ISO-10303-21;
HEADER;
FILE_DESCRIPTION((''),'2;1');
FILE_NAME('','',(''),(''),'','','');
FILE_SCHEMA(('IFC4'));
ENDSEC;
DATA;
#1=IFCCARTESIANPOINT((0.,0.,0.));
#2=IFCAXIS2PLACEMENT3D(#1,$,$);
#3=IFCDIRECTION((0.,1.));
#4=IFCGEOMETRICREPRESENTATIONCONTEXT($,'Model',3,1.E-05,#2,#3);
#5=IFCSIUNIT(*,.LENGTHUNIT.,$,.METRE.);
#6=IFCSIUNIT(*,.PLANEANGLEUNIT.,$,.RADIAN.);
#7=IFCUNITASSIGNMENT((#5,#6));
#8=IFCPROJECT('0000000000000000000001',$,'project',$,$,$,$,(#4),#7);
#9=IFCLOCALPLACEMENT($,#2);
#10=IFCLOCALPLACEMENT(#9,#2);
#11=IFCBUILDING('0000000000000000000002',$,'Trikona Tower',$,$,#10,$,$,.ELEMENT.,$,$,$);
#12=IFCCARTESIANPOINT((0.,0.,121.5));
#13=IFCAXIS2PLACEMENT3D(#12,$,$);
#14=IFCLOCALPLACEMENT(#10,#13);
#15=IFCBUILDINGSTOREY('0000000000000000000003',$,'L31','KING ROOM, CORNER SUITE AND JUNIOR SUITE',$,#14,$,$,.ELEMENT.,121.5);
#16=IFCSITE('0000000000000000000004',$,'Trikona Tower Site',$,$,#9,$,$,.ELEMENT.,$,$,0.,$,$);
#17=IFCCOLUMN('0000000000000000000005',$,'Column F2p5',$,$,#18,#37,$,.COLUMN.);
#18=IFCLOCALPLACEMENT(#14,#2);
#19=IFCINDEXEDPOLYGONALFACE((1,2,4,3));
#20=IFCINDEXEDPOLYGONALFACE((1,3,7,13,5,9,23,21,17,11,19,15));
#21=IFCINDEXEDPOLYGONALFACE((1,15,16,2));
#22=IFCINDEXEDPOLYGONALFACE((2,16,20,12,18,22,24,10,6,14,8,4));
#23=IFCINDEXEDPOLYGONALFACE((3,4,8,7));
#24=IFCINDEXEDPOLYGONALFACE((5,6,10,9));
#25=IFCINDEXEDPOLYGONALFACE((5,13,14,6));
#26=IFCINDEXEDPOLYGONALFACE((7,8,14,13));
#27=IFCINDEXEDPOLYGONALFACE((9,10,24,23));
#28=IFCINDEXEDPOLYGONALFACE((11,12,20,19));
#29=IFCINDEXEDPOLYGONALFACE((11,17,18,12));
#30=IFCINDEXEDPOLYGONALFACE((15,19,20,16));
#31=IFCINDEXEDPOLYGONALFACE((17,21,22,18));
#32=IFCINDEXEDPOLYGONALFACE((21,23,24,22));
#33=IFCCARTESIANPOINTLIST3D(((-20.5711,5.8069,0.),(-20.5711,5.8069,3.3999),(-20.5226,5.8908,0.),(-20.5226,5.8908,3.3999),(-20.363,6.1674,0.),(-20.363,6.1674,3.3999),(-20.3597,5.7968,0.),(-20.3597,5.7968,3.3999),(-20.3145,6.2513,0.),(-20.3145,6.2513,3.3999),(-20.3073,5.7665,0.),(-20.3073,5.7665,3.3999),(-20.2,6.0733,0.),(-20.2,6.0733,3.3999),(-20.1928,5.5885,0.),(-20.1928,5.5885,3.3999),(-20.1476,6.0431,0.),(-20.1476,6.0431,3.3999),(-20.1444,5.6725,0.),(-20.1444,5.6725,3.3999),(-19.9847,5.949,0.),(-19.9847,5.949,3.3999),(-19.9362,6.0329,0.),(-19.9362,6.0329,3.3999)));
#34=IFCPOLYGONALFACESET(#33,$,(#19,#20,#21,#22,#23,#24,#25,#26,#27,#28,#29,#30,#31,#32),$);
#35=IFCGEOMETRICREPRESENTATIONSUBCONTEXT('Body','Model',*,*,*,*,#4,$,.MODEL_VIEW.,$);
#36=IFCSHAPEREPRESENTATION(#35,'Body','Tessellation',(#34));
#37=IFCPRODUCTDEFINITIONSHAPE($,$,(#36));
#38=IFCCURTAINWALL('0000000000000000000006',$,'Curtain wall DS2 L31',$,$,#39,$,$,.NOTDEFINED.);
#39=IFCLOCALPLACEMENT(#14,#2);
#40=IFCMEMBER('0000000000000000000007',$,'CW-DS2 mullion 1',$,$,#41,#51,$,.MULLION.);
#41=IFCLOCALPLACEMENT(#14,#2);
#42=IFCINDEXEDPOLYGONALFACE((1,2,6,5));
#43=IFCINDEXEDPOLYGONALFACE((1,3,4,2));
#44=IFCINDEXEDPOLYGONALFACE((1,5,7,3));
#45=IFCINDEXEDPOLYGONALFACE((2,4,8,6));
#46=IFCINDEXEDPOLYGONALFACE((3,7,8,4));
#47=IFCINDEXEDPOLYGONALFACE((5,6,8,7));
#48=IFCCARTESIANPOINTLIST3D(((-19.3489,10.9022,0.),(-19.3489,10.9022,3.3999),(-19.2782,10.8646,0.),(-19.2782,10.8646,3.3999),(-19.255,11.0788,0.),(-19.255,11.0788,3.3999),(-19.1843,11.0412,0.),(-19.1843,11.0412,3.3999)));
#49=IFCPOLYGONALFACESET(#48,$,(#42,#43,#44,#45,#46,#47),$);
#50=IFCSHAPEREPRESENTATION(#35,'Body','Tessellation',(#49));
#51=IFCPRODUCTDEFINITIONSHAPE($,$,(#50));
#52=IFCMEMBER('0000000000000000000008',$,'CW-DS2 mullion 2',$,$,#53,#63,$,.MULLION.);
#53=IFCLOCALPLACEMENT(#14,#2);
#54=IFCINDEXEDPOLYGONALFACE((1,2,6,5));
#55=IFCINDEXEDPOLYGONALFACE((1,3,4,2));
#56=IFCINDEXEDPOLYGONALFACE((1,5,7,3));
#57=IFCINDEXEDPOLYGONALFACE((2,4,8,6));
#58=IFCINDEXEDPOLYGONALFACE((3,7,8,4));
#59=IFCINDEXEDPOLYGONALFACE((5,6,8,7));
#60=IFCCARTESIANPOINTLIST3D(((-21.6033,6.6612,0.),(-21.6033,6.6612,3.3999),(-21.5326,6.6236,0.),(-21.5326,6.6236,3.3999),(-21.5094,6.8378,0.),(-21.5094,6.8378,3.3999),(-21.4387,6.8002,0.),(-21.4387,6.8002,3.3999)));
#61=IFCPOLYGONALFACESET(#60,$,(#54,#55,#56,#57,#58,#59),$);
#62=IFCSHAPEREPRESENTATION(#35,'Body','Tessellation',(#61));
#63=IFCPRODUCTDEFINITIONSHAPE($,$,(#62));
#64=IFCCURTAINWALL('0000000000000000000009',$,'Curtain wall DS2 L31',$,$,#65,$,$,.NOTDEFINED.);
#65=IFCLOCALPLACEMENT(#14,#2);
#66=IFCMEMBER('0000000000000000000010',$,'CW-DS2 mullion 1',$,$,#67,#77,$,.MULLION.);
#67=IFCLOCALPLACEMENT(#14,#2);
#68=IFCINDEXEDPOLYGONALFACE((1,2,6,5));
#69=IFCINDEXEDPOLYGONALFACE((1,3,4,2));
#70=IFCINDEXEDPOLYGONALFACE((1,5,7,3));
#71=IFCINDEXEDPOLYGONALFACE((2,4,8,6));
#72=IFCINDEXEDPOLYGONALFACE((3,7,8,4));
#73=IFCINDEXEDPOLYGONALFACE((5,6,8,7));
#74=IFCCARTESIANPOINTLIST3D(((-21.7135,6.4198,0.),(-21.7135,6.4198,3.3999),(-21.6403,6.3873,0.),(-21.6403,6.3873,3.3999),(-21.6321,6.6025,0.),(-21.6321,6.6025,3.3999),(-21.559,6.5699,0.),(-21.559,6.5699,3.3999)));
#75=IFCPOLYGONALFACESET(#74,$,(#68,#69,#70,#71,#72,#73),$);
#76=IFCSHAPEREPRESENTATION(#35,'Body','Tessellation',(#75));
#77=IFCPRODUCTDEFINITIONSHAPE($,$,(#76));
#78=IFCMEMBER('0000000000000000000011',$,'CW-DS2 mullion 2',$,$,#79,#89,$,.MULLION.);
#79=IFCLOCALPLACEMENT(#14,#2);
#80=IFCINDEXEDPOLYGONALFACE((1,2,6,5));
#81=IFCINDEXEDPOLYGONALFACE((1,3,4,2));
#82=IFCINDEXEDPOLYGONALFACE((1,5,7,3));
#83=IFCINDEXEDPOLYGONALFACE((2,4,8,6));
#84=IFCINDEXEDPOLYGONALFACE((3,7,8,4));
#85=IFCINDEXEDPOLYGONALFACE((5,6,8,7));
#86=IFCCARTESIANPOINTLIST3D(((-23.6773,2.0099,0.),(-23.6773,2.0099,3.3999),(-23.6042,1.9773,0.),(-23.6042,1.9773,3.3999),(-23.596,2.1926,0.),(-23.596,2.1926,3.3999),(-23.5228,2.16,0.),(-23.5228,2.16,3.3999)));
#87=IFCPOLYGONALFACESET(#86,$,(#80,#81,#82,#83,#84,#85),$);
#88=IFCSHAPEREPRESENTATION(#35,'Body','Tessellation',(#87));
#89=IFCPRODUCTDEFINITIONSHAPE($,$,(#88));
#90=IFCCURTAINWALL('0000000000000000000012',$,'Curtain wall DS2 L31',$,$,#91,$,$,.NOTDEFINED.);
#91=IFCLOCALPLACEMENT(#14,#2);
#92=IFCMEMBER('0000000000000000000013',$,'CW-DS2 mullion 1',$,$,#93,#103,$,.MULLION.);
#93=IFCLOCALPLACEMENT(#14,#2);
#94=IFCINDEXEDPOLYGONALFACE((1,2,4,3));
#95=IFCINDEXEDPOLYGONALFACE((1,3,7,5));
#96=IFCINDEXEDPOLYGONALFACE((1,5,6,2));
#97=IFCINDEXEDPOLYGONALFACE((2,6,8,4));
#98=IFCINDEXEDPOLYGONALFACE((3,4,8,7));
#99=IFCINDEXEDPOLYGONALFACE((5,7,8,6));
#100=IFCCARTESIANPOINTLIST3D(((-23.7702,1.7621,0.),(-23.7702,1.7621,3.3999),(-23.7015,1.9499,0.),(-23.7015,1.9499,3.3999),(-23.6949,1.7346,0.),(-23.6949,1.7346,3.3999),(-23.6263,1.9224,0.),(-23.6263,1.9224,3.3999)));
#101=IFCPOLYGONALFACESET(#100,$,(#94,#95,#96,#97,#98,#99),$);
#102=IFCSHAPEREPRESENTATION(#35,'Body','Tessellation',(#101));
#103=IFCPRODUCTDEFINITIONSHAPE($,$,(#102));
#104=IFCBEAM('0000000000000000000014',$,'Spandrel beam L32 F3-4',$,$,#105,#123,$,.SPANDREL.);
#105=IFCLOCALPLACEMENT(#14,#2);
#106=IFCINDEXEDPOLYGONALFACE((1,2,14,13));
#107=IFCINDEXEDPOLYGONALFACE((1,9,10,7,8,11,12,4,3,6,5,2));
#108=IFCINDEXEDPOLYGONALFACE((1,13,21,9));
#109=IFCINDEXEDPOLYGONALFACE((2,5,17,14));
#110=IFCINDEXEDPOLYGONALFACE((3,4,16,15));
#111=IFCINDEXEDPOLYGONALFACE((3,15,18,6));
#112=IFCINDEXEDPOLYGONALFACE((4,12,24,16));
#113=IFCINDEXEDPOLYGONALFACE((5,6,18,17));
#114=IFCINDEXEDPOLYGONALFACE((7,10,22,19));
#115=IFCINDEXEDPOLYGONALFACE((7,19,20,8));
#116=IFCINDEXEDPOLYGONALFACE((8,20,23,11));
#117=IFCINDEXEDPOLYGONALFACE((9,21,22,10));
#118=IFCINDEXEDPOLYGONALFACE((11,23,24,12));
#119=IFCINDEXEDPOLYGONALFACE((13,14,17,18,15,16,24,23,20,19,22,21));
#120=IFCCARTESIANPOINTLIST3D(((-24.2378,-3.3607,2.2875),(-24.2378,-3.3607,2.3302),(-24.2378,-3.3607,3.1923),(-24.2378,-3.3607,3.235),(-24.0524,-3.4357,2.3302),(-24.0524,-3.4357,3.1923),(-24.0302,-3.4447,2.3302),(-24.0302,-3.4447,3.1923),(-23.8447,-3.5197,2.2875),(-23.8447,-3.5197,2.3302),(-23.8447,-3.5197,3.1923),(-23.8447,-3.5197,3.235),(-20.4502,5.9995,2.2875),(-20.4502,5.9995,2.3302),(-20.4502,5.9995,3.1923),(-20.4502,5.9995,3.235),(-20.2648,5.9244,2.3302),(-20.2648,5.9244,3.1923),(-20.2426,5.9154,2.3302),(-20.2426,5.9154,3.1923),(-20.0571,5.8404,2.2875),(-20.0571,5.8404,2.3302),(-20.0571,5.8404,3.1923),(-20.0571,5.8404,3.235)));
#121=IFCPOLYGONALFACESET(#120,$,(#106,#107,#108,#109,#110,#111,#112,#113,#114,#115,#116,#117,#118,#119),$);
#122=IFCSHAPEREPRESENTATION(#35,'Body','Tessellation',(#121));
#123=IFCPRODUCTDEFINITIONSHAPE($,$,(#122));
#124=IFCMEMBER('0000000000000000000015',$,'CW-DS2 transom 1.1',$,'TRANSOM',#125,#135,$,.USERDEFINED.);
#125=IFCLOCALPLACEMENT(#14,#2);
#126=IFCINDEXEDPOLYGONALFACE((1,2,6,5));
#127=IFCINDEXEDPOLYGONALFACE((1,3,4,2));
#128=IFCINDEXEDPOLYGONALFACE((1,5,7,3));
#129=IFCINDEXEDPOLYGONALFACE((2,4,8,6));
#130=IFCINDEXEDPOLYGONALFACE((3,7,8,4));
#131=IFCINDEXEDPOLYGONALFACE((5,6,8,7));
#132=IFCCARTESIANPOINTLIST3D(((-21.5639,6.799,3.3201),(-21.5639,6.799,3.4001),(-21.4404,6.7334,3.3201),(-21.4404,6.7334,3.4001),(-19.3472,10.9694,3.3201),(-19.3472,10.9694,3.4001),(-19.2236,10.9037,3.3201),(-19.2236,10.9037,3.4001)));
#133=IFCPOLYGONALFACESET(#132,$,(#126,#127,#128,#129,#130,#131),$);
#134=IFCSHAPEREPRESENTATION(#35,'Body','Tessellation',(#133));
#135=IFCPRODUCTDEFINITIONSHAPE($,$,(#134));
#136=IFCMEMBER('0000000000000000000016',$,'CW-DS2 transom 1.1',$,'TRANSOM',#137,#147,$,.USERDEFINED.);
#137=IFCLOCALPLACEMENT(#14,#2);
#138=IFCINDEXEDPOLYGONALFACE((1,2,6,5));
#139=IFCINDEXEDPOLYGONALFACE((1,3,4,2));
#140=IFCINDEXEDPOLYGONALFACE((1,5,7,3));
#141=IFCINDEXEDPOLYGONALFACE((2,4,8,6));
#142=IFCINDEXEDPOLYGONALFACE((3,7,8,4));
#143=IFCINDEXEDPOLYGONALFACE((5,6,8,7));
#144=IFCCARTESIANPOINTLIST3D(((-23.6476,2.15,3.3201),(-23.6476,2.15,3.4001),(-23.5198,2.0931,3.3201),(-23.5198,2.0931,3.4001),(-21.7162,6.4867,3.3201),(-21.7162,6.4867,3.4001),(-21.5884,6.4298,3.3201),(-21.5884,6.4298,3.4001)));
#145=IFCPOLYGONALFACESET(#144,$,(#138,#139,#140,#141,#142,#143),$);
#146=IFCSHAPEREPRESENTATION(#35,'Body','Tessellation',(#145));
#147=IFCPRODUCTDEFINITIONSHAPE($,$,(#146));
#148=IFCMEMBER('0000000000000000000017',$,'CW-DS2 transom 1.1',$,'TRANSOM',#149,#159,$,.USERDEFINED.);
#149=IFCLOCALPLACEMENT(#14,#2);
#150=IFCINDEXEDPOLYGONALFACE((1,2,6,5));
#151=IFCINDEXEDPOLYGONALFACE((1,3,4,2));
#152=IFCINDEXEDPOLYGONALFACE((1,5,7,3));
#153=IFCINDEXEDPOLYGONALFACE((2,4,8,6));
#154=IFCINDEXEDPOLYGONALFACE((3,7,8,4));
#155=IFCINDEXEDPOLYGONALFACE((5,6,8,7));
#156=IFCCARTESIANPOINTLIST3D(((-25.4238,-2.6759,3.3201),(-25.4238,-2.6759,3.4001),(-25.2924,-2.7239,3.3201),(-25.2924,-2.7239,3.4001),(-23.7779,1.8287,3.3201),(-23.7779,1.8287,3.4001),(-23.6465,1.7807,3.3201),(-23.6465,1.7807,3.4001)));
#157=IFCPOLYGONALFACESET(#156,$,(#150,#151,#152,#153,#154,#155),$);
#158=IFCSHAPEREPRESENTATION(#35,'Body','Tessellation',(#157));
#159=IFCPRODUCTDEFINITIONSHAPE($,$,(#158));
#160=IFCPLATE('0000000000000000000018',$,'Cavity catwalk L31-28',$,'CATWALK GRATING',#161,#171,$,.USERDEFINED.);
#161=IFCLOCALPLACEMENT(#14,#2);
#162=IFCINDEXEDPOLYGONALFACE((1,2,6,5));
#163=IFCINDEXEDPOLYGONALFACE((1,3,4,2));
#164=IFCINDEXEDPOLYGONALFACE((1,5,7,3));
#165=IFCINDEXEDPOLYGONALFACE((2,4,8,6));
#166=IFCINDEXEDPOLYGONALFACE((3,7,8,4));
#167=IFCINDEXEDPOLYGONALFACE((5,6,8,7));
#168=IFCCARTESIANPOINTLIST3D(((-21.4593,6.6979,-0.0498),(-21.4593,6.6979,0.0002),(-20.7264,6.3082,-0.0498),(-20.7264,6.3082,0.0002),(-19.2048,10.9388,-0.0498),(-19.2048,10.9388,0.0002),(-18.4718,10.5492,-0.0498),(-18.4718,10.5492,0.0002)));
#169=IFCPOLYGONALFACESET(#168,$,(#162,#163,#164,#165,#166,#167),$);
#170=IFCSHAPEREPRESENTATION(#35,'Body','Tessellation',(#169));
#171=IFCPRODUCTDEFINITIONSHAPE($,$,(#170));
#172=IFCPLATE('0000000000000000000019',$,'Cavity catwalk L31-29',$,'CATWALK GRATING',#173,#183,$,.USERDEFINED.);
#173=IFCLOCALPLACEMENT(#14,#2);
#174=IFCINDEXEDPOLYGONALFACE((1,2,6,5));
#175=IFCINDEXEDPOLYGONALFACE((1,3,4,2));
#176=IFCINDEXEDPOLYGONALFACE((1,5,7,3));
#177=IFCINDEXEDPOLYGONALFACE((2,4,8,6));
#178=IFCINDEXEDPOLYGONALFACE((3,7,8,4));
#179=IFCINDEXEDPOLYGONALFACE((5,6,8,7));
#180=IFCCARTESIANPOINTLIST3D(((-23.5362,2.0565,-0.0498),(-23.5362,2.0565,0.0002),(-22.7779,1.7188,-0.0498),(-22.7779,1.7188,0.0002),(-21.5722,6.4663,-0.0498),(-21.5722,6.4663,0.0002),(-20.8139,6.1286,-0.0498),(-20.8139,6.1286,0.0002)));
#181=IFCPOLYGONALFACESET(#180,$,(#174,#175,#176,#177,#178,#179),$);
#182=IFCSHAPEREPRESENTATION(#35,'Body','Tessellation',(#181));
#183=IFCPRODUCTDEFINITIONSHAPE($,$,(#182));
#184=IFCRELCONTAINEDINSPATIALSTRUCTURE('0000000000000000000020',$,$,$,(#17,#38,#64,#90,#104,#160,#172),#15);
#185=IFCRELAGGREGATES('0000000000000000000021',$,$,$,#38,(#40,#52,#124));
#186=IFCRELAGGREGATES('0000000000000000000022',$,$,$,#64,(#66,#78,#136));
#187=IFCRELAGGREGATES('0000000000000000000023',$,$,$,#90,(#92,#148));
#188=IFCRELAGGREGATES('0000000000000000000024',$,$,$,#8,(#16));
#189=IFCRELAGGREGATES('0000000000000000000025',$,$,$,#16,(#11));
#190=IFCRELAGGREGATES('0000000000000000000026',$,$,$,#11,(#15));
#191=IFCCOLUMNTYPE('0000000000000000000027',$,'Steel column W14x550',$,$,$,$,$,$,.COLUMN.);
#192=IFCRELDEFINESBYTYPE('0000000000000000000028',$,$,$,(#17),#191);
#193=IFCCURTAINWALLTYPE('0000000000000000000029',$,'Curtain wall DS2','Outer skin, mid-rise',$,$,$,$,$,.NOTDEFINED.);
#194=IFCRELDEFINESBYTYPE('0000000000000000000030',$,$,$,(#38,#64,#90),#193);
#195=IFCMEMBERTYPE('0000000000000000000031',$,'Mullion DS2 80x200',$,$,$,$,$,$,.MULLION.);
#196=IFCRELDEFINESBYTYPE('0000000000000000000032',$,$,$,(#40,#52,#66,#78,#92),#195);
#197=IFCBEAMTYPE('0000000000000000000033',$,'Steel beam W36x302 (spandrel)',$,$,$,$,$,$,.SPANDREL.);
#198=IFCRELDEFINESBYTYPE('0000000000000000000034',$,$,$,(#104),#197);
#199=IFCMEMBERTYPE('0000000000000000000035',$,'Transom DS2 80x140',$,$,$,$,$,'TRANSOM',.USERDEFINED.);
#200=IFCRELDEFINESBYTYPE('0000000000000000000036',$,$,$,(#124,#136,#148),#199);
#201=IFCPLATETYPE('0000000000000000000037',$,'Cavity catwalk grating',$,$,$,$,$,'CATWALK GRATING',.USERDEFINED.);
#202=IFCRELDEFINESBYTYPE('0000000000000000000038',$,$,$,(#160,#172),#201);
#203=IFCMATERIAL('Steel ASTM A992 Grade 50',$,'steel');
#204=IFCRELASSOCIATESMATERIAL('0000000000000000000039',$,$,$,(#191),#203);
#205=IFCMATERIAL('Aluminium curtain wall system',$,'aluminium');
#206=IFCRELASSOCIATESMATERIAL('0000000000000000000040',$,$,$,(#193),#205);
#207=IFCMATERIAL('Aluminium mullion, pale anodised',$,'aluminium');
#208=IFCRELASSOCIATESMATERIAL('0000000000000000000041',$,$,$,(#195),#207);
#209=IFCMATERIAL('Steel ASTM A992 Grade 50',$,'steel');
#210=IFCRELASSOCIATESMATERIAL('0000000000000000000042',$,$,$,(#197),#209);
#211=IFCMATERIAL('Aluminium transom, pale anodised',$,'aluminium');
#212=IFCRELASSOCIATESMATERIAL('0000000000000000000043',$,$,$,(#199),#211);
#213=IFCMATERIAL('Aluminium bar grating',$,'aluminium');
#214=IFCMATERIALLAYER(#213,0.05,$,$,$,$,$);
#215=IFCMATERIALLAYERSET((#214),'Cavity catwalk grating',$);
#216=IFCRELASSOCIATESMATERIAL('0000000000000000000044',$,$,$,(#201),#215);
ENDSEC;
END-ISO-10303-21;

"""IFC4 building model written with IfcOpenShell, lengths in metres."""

from ifc_helpers import new_model, si_unit, direction, frame, origin, origin_2d, place, context, subcontext, project, spatial, rectangle, i_section, extrude, material, layer, layer_set, material_profile, profile_set, type_object, element, aggregate, save


model = new_model("IFC4")

# Units and contexts
model_context = context("Model", 3, precision=1e-05, world=origin(), true_north=direction((0.0, 1.0)))
body_context = subcontext(model_context, "Body", "Model", "MODEL_VIEW")
ifc_project = project(units=[si_unit("LENGTHUNIT", "METRE"), si_unit("PLANEANGLEUNIT", "RADIAN")], contexts=[model_context])

# Site, building, storey
site_placement = place(None, origin())
site = spatial("IfcSite", under=ifc_project, at=site_placement, Name="Trikona Tower Site", CompositionType="ELEMENT", RefElevation=0.0)
building_placement = place(site_placement, origin())
building = spatial("IfcBuilding", under=site, at=building_placement, Name="Trikona Tower", CompositionType="ELEMENT")
storey_placement = place(building_placement, frame((0.0, 0.0, 121.5)))
storey = spatial("IfcBuildingStorey", under=building, at=storey_placement, Name="L31", Description="KING ROOM, CORNER SUITE AND JUNIOR SUITE", CompositionType="ELEMENT", Elevation=121.5)

# Column
ifc_material_1 = material(Name="Steel ASTM A992 Grade 50", Category="steel")
ifc_material_profile_1 = material_profile(ifc_material_1, i_section(OverallWidth=0.4368, OverallDepth=0.5132, WebThickness=0.0605, FlangeThickness=0.0969, at=origin_2d()), Name="W14X550")
ifc_profile_set_1 = profile_set([ifc_material_profile_1], Name="Steel ASTM A992 Grade 50")
column_type = type_object("IfcColumnType", Name="Steel column W14x550", PredefinedType="COLUMN", material=ifc_profile_set_1)
column_placement = place(storey_placement, frame((-20.2537, 5.9199, 0.0), z_axis=(0.0, 0.0, 1.0), x_axis=(-0.866025, 0.5, 0.0)))
element("IfcColumn", 1, at=column_placement, inside=storey, type_object=column_type, Name="Column F2p5", PredefinedType="COLUMN", context=body_context, shape_type="SweptSolid", body=[
    extrude(i_section(OverallWidth=0.4368, OverallDepth=0.5132, WebThickness=0.0605, FlangeThickness=0.0969, at=origin_2d()), origin(), (0.0, 0.0, 1.0), 3.3999),
])

# Curtain walls, members
ifc_material_2 = material(Name="Aluminium curtain wall system", Category="aluminium")
curtain_wall_type = type_object("IfcCurtainWallType", Name="Curtain wall DS2", Description="Outer skin, mid-rise", PredefinedType="NOTDEFINED", material=ifc_material_2)
curtain_wall_1_placement = place(storey_placement, origin())
curtain_wall_1 = element("IfcCurtainWall", 2, at=curtain_wall_1_placement, inside=storey, type_object=curtain_wall_type, Name="Curtain wall DS2 L31", PredefinedType="NOTDEFINED")
ifc_material_3 = material(Name="Aluminium mullion, pale anodised", Category="aluminium")
ifc_material_profile_2 = material_profile(ifc_material_3, rectangle(XDim=0.0801, YDim=0.2, at=origin_2d()), Name="MUL-DS2")
ifc_profile_set_2 = profile_set([ifc_material_profile_2], Name="Aluminium mullion, pale anodised")
member_type_1 = type_object("IfcMemberType", Name="Mullion DS2 80x200", PredefinedType="MULLION", material=ifc_profile_set_2)
member_1_placement = place(storey_placement, frame((-19.2666, 10.9717, 0.0), z_axis=(0.0, 0.0, 1.0), x_axis=(0.882996, -0.46938, 0.0)))
member_1 = element("IfcMember", 3, at=member_1_placement, type_object=member_type_1, Name="CW-DS2 mullion 1", PredefinedType="MULLION", context=body_context, shape_type="SweptSolid", body=[
    extrude(rectangle(XDim=0.0801, YDim=0.2, at=origin_2d()), origin(), (0.0, 0.0, 1.0), 3.3999),
])
member_2_placement = place(storey_placement, frame((-21.521, 6.7307, 0.0), z_axis=(0.0, 0.0, 1.0), x_axis=(0.882996, -0.46938, 0.0)))
member_2 = element("IfcMember", 4, at=member_2_placement, type_object=member_type_1, Name="CW-DS2 mullion 2", PredefinedType="MULLION", context=body_context, shape_type="SweptSolid", body=[
    extrude(rectangle(XDim=0.0801, YDim=0.2, at=origin_2d()), origin(), (0.0, 0.0, 1.0), 3.3999),
])
curtain_wall_2_placement = place(storey_placement, origin())
curtain_wall_2 = element("IfcCurtainWall", 5, at=curtain_wall_2_placement, inside=storey, type_object=curtain_wall_type, Name="Curtain wall DS2 L31", PredefinedType="NOTDEFINED")
member_3_placement = place(storey_placement, frame((-21.6362, 6.4949, 0.0), z_axis=(0.0, 0.0, 1.0), x_axis=(0.913501, -0.406836, 0.0)))
member_3 = element("IfcMember", 6, at=member_3_placement, type_object=member_type_1, Name="CW-DS2 mullion 1", PredefinedType="MULLION", context=body_context, shape_type="SweptSolid", body=[
    extrude(rectangle(XDim=0.0801, YDim=0.2, at=origin_2d()), origin(), (0.0, 0.0, 1.0), 3.3999),
])
member_4_placement = place(storey_placement, frame((-23.6001, 2.085, 0.0), z_axis=(0.0, 0.0, 1.0), x_axis=(0.913501, -0.406836, 0.0)))
member_4 = element("IfcMember", 7, at=member_4_placement, type_object=member_type_1, Name="CW-DS2 mullion 2", PredefinedType="MULLION", context=body_context, shape_type="SweptSolid", body=[
    extrude(rectangle(XDim=0.0801, YDim=0.2, at=origin_2d()), origin(), (0.0, 0.0, 1.0), 3.3999),
])

# Curtain wall, member
curtain_wall_3_placement = place(storey_placement, origin())
curtain_wall_3 = element("IfcCurtainWall", 8, at=curtain_wall_3_placement, inside=storey, type_object=curtain_wall_type, Name="Curtain wall DS2 L31", PredefinedType="NOTDEFINED")
member_5_placement = place(storey_placement, frame((-23.6982, 1.8423, 0.0), z_axis=(0.0, 0.0, 1.0), x_axis=(0.939254, -0.343223, 0.0)))
member_5 = element("IfcMember", 9, at=member_5_placement, type_object=member_type_1, Name="CW-DS2 mullion 1", PredefinedType="MULLION", context=body_context, shape_type="SweptSolid", body=[
    extrude(rectangle(XDim=0.0801, YDim=0.2, at=origin_2d()), origin(), (0.0, 0.0, 1.0), 3.3999),
])

# Beam
ifc_material_4 = material(Name="Steel ASTM A992 Grade 50", Category="steel")
ifc_material_profile_3 = material_profile(ifc_material_4, i_section(OverallWidth=0.4241, OverallDepth=0.9475, WebThickness=0.0239, FlangeThickness=0.0427, at=origin_2d()), Name="W36X302")
ifc_profile_set_3 = profile_set([ifc_material_profile_3], Name="Steel ASTM A992 Grade 50")
beam_type = type_object("IfcBeamType", Name="Steel beam W36x302 (spandrel)", PredefinedType="SPANDREL", material=ifc_profile_set_3)
beam_placement = place(storey_placement, frame((-20.2537, 5.9199, 2.7612), z_axis=(-0.375106, -0.926982, 0.0), x_axis=(0.926982, -0.375106, 0.0)))
element("IfcBeam", 10, at=beam_placement, inside=storey, type_object=beam_type, Name="Spandrel beam L32 F3-4", PredefinedType="SPANDREL", context=body_context, shape_type="SweptSolid", body=[
    extrude(i_section(OverallWidth=0.4241, OverallDepth=0.9475, WebThickness=0.0239, FlangeThickness=0.0427, at=origin_2d()), origin(), (0.0, 0.0, 1.0), 10.0974),
])

# Members
ifc_material_5 = material(Name="Aluminium transom, pale anodised", Category="aluminium")
ifc_material_profile_4 = material_profile(ifc_material_5, rectangle(XDim=0.1399, YDim=0.0801, at=origin_2d()), Name="TRN-DS2")
ifc_profile_set_4 = profile_set([ifc_material_profile_4], Name="Aluminium transom, pale anodised")
member_type_2 = type_object("IfcMemberType", Name="Transom DS2 80x140", ElementType="TRANSOM", PredefinedType="USERDEFINED", material=ifc_profile_set_4)
member_6_placement = place(storey_placement, frame((-19.2854, 10.9365, 3.3601), z_axis=(-0.469364, -0.883005, 0.0), x_axis=(0.883005, -0.469364, 0.0)))
member_6 = element("IfcMember", 11, at=member_6_placement, type_object=member_type_2, Name="CW-DS2 transom 1.1", ObjectType="TRANSOM", PredefinedType="USERDEFINED", context=body_context, shape_type="SweptSolid", body=[
    extrude(rectangle(XDim=0.1399, YDim=0.0801, at=origin_2d()), origin(), (0.0, 0.0, 1.0), 4.7229),
])
member_7_placement = place(storey_placement, frame((-21.6523, 6.4583, 3.3601), z_axis=(-0.40684, -0.9135, 0.0), x_axis=(0.9135, -0.40684, 0.0)))
member_7 = element("IfcMember", 12, at=member_7_placement, type_object=member_type_2, Name="CW-DS2 transom 1.1", ObjectType="TRANSOM", PredefinedType="USERDEFINED", context=body_context, shape_type="SweptSolid", body=[
    extrude(rectangle(XDim=0.1399, YDim=0.0801, at=origin_2d()), origin(), (0.0, 0.0, 1.0), 4.7473),
])
member_8_placement = place(storey_placement, frame((-23.7122, 1.8047, 3.3601), z_axis=(-0.343206, -0.93926, 0.0), x_axis=(0.93926, -0.343206, 0.0)))
member_8 = element("IfcMember", 13, at=member_8_placement, type_object=member_type_2, Name="CW-DS2 transom 1.1", ObjectType="TRANSOM", PredefinedType="USERDEFINED", context=body_context, shape_type="SweptSolid", body=[
    extrude(rectangle(XDim=0.1399, YDim=0.0801, at=origin_2d()), origin(), (0.0, 0.0, 1.0), 4.7959),
])

# Plates
ifc_material_6 = material(Name="Aluminium bar grating", Category="aluminium")
ifc_layer_1 = layer(ifc_material_6, 0.05)
ifc_layer_set_1 = layer_set([ifc_layer_1], Name="Cavity catwalk grating")
plate_type_1 = type_object("IfcPlateType", Name="Cavity catwalk grating", ElementType="CATWALK GRATING", PredefinedType="USERDEFINED", material=ifc_layer_set_1)
plate_1_placement = place(storey_placement, frame((-19.9656, 8.6235, -0.0498), z_axis=(0.0, 0.0, 1.0), x_axis=(-0.469398, -0.882987, 0.0)))
element("IfcPlate", 14, at=plate_1_placement, inside=storey, type_object=plate_type_1, Name="Cavity catwalk L31-28", ObjectType="CATWALK GRATING", PredefinedType="USERDEFINED", context=body_context, shape_type="SweptSolid", body=[
    extrude(rectangle(XDim=4.803, YDim=0.8301, at=origin_2d()), origin(), (0.0, 0.0, 1.0), 0.05),
])
plate_2_placement = place(storey_placement, frame((-22.175, 4.0925, -0.0498), z_axis=(0.0, 0.0, 1.0), x_axis=(-0.406843, -0.913498, 0.0)))
element("IfcPlate", 15, at=plate_2_placement, inside=storey, type_object=plate_type_1, Name="Cavity catwalk L31-29", ObjectType="CATWALK GRATING", PredefinedType="USERDEFINED", context=body_context, shape_type="SweptSolid", body=[
    extrude(rectangle(XDim=4.8274, YDim=0.8301, at=origin_2d()), origin(), (0.0, 0.0, 1.0), 0.05),
])

aggregate(curtain_wall_1, [member_1, member_2, member_6])
aggregate(curtain_wall_2, [member_3, member_4, member_7])
aggregate(curtain_wall_3, [member_5, member_8])

save(model, "model.ifc")
